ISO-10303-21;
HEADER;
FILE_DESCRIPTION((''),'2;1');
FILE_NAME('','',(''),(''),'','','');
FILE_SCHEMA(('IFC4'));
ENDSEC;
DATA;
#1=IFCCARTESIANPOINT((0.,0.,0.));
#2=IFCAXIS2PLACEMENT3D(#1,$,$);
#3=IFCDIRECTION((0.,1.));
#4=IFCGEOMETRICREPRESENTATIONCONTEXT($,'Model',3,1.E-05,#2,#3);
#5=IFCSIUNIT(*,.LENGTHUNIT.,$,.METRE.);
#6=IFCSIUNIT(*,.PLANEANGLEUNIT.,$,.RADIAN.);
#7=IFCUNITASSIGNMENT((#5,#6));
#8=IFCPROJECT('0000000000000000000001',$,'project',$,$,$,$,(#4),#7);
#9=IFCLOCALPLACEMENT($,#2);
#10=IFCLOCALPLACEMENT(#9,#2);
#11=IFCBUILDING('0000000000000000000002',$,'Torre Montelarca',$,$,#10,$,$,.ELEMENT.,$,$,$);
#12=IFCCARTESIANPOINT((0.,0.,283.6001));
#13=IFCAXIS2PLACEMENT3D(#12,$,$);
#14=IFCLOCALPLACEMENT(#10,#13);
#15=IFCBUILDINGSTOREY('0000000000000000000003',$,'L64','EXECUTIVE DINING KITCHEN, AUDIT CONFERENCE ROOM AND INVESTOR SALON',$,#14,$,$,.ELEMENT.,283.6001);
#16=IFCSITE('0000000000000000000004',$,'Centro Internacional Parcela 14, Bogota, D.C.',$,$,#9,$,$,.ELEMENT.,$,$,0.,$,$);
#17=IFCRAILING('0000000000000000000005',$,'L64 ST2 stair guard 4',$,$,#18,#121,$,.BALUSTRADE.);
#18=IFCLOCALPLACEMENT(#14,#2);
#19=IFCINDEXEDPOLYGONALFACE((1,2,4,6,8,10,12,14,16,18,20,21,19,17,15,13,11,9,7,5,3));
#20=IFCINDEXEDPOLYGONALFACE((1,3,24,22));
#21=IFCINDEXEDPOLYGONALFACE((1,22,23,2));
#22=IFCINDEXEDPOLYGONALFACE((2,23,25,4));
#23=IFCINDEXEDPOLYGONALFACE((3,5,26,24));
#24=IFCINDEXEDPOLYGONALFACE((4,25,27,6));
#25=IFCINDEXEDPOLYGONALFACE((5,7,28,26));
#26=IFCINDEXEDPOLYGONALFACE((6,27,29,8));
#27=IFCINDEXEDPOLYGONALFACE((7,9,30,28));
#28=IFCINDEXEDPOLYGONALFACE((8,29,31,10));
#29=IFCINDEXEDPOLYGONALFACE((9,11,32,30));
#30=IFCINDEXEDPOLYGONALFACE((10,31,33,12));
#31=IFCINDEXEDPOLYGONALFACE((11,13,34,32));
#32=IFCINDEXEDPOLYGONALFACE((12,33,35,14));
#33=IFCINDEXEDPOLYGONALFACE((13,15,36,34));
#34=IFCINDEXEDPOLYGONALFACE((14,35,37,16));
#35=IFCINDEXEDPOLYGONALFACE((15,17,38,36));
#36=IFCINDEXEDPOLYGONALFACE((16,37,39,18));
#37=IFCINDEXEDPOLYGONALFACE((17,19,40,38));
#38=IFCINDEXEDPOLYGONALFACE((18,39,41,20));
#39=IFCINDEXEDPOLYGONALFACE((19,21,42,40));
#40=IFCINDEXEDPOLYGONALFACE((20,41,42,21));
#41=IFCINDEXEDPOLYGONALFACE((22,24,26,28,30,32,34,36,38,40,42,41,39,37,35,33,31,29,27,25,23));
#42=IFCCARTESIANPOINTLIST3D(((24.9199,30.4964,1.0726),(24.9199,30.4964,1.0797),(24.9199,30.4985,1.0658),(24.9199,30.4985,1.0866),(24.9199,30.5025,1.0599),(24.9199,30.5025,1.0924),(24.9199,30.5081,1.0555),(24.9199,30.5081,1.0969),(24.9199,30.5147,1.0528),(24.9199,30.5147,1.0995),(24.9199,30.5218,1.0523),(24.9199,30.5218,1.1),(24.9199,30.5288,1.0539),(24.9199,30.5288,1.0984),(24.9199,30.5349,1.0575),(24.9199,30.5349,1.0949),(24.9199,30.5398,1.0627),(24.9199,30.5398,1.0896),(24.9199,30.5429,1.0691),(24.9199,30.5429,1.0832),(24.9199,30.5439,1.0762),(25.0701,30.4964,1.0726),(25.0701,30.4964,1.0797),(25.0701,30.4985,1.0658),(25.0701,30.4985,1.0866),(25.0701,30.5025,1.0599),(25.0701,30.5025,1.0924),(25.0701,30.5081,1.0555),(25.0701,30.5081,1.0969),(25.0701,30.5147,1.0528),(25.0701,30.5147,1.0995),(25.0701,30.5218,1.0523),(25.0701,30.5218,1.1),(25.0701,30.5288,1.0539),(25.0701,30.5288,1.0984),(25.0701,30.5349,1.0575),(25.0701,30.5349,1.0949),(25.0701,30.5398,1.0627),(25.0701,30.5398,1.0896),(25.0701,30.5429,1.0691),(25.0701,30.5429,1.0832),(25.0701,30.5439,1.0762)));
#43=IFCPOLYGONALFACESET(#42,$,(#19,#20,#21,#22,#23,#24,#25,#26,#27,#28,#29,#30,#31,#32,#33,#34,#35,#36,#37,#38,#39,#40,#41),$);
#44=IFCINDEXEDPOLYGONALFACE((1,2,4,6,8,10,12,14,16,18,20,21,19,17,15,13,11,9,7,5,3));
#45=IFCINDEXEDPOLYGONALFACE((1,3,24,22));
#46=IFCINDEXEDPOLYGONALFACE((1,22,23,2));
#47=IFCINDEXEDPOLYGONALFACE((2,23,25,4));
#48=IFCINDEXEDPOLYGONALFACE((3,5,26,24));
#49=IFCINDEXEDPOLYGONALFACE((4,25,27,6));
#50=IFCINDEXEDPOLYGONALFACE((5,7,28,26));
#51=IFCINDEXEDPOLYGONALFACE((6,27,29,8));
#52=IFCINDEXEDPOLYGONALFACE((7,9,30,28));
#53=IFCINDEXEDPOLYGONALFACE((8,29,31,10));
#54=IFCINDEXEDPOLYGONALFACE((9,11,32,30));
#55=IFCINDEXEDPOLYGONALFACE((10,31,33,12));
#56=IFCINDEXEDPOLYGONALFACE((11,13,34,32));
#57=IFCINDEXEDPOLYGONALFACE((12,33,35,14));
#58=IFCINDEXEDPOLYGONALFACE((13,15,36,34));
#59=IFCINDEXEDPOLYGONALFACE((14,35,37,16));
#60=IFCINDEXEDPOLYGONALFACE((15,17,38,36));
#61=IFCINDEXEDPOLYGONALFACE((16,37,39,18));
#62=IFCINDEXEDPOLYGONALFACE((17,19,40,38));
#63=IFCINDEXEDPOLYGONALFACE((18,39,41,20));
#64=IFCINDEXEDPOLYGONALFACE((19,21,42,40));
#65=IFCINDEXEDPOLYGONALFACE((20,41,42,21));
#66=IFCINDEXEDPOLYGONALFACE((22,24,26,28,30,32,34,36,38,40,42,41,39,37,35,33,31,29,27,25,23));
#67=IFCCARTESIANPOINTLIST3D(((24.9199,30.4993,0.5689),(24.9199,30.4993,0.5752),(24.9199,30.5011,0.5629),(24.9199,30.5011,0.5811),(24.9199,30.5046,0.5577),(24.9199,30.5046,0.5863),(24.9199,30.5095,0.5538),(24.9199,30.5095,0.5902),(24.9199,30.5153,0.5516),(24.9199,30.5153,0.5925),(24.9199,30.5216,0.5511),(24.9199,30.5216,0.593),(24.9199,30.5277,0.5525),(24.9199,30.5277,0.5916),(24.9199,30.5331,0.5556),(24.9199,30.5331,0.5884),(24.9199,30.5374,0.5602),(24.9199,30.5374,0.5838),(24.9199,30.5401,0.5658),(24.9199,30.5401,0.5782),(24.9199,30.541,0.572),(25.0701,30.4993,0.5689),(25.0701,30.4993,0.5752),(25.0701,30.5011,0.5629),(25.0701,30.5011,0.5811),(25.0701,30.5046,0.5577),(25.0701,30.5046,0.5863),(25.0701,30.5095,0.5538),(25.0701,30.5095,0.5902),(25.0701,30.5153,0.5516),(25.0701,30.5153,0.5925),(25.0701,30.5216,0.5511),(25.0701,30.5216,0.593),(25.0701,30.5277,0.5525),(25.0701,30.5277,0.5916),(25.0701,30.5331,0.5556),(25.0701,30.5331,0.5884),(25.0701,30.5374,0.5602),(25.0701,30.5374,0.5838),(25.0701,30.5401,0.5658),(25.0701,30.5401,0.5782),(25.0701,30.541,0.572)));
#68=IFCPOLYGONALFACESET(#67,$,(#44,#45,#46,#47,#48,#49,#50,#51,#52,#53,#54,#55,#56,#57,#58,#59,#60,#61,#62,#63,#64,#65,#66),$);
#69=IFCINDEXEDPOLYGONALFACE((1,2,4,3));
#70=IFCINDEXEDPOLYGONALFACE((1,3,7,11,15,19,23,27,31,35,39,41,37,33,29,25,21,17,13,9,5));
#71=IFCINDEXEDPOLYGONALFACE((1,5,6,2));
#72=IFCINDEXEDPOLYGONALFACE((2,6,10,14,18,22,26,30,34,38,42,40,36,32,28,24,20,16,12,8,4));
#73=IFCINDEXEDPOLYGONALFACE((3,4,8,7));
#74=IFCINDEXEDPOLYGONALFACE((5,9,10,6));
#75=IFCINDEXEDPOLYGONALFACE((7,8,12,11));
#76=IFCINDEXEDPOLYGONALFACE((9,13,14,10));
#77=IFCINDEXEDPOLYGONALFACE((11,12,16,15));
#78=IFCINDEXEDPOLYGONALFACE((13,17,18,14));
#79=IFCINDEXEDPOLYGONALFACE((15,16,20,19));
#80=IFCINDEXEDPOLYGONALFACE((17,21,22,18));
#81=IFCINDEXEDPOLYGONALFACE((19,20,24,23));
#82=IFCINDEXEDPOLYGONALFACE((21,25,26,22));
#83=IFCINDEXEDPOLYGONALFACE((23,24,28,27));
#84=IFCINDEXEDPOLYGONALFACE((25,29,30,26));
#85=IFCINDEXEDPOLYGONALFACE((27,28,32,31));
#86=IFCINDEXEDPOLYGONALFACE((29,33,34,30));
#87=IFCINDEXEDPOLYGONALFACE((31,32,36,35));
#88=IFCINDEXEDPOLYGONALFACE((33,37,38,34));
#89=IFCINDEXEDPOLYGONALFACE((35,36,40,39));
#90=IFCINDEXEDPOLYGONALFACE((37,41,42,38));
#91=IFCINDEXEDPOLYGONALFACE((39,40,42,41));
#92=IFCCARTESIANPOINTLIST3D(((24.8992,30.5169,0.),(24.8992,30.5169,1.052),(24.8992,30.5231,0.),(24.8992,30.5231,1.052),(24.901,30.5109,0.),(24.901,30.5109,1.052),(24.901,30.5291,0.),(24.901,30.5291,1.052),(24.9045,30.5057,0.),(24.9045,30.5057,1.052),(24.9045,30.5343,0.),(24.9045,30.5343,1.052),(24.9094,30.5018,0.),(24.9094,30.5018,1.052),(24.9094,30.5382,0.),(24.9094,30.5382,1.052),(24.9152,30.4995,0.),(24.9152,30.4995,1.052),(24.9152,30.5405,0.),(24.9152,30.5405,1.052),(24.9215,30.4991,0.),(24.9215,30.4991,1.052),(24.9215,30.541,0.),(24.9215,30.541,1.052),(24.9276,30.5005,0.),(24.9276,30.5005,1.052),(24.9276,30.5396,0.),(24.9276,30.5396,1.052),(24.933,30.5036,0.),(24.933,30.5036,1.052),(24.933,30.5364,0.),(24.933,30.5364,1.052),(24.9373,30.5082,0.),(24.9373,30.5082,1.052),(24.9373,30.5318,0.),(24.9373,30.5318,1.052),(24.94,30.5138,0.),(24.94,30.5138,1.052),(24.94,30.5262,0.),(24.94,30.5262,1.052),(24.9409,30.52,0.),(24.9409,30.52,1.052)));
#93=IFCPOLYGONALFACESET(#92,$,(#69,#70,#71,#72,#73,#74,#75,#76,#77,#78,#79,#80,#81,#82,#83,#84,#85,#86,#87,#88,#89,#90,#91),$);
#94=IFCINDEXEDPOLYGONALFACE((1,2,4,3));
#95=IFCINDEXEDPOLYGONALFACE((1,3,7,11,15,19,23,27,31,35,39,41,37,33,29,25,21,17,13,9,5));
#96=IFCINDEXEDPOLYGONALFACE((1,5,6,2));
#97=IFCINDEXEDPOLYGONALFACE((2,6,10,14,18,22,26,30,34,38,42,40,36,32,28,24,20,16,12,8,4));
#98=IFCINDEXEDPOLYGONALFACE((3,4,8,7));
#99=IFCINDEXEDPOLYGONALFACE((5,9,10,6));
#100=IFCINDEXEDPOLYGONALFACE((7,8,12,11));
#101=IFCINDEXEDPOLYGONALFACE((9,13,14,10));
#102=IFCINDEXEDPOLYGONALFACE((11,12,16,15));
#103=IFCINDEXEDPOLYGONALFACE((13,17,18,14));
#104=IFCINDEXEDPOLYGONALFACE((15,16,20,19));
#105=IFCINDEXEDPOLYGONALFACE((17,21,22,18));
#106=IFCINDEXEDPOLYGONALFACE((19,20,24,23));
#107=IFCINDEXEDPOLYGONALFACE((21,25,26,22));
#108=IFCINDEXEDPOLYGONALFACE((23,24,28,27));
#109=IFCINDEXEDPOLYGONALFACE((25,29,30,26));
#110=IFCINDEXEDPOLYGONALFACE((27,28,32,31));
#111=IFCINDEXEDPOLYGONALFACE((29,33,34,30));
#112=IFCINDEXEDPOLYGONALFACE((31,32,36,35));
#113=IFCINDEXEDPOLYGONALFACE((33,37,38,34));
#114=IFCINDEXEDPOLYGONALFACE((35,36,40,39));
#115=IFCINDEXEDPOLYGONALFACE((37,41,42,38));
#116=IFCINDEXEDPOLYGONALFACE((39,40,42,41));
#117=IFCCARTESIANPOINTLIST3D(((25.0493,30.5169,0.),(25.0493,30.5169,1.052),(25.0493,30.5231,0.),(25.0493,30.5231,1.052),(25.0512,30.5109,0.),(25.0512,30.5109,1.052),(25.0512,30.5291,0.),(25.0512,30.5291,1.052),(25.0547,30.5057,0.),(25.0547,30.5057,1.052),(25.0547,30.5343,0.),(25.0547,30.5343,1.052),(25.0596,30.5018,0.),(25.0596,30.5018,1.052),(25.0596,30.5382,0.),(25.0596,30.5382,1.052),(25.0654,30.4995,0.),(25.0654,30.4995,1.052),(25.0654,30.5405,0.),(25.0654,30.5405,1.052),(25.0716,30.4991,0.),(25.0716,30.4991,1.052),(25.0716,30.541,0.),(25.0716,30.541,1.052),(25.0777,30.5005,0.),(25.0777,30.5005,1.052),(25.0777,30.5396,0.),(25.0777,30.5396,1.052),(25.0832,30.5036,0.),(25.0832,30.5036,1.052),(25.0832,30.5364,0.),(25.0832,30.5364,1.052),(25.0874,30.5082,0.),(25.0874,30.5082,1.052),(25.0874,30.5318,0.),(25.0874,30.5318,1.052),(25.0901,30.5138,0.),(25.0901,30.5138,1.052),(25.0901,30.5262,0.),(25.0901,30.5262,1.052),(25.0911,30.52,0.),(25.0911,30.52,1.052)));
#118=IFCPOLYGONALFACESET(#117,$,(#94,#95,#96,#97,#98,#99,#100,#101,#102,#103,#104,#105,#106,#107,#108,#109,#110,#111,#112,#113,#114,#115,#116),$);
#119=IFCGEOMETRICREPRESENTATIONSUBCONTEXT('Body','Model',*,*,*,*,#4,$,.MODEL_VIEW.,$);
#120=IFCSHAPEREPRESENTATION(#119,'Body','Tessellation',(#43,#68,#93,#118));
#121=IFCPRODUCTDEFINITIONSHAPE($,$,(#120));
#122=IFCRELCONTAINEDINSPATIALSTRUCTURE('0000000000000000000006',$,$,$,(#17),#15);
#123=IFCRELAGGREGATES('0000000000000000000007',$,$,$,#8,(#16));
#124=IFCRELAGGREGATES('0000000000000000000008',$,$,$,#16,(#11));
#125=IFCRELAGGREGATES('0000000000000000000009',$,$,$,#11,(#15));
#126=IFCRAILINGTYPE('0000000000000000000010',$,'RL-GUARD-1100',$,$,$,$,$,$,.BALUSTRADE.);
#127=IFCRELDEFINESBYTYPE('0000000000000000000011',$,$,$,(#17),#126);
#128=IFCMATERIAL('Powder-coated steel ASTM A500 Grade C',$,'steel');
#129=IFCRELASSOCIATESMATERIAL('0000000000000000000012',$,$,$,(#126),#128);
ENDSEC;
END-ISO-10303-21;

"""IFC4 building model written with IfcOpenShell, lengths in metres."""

from ifc_helpers import new_model, si_unit, direction, frame, origin, origin_2d, place, context, subcontext, project, spatial, circle, extrude, material, type_object, element, save


model = new_model("IFC4")

# Units and contexts
model_context = context("Model", 3, precision=1e-05, world=origin(), true_north=direction((0.0, 1.0)))
body_context = subcontext(model_context, "Body", "Model", "MODEL_VIEW")
ifc_project = project(units=[si_unit("LENGTHUNIT", "METRE"), si_unit("PLANEANGLEUNIT", "RADIAN")], contexts=[model_context])

# Site, building, storey
site_placement = place(None, origin())
site = spatial("IfcSite", under=ifc_project, at=site_placement, Name="Centro Internacional Parcela 14, Bogota, D.C.", CompositionType="ELEMENT", RefElevation=0.0)
building_placement = place(site_placement, origin())
building = spatial("IfcBuilding", under=site, at=building_placement, Name="Torre Montelarca", CompositionType="ELEMENT")
storey_placement = place(building_placement, frame((0.0, 0.0, 283.6001)))
storey = spatial("IfcBuildingStorey", under=building, at=storey_placement, Name="L64", Description="EXECUTIVE DINING KITCHEN, AUDIT CONFERENCE ROOM AND INVESTOR SALON", CompositionType="ELEMENT", Elevation=283.6001)

# Railing
ifc_material_1 = material(Name="Powder-coated steel ASTM A500 Grade C", Category="steel")
railing_type_1 = type_object("IfcRailingType", Name="RL-GUARD-1100", PredefinedType="BALUSTRADE", material=ifc_material_1)
railing_1_placement = place(storey_placement, frame((24.9199, 30.52, 0.0)))
element("IfcRailing", 1, at=railing_1_placement, inside=storey, type_object=railing_type_1, Name="L64 ST2 stair guard 4", PredefinedType="BALUSTRADE", context=body_context, shape_type="SweptSolid", body=[
    extrude(circle(Radius=0.0239, at=origin_2d()), frame((0.0, 0.0, 1.0762), z_axis=(1.0, 0.0, 0.0), x_axis=(0.0, 1.0, 0.0)), (0.0, 0.0, 1.0), 0.1501),
    extrude(circle(Radius=0.021, at=origin_2d()), frame((0.0, 0.0, 0.572), z_axis=(1.0, 0.0, 0.0), x_axis=(0.0, 1.0, 0.0)), (0.0, 0.0, 1.0), 0.1501),
    extrude(circle(Radius=0.021, at=origin_2d()), origin(), (0.0, 0.0, 1.0), 1.052),
    extrude(circle(Radius=0.021, at=origin_2d()), frame((0.1501, 0.0, 0.0)), (0.0, 0.0, 1.0), 1.052),
])

save(model, "model.ifc")
